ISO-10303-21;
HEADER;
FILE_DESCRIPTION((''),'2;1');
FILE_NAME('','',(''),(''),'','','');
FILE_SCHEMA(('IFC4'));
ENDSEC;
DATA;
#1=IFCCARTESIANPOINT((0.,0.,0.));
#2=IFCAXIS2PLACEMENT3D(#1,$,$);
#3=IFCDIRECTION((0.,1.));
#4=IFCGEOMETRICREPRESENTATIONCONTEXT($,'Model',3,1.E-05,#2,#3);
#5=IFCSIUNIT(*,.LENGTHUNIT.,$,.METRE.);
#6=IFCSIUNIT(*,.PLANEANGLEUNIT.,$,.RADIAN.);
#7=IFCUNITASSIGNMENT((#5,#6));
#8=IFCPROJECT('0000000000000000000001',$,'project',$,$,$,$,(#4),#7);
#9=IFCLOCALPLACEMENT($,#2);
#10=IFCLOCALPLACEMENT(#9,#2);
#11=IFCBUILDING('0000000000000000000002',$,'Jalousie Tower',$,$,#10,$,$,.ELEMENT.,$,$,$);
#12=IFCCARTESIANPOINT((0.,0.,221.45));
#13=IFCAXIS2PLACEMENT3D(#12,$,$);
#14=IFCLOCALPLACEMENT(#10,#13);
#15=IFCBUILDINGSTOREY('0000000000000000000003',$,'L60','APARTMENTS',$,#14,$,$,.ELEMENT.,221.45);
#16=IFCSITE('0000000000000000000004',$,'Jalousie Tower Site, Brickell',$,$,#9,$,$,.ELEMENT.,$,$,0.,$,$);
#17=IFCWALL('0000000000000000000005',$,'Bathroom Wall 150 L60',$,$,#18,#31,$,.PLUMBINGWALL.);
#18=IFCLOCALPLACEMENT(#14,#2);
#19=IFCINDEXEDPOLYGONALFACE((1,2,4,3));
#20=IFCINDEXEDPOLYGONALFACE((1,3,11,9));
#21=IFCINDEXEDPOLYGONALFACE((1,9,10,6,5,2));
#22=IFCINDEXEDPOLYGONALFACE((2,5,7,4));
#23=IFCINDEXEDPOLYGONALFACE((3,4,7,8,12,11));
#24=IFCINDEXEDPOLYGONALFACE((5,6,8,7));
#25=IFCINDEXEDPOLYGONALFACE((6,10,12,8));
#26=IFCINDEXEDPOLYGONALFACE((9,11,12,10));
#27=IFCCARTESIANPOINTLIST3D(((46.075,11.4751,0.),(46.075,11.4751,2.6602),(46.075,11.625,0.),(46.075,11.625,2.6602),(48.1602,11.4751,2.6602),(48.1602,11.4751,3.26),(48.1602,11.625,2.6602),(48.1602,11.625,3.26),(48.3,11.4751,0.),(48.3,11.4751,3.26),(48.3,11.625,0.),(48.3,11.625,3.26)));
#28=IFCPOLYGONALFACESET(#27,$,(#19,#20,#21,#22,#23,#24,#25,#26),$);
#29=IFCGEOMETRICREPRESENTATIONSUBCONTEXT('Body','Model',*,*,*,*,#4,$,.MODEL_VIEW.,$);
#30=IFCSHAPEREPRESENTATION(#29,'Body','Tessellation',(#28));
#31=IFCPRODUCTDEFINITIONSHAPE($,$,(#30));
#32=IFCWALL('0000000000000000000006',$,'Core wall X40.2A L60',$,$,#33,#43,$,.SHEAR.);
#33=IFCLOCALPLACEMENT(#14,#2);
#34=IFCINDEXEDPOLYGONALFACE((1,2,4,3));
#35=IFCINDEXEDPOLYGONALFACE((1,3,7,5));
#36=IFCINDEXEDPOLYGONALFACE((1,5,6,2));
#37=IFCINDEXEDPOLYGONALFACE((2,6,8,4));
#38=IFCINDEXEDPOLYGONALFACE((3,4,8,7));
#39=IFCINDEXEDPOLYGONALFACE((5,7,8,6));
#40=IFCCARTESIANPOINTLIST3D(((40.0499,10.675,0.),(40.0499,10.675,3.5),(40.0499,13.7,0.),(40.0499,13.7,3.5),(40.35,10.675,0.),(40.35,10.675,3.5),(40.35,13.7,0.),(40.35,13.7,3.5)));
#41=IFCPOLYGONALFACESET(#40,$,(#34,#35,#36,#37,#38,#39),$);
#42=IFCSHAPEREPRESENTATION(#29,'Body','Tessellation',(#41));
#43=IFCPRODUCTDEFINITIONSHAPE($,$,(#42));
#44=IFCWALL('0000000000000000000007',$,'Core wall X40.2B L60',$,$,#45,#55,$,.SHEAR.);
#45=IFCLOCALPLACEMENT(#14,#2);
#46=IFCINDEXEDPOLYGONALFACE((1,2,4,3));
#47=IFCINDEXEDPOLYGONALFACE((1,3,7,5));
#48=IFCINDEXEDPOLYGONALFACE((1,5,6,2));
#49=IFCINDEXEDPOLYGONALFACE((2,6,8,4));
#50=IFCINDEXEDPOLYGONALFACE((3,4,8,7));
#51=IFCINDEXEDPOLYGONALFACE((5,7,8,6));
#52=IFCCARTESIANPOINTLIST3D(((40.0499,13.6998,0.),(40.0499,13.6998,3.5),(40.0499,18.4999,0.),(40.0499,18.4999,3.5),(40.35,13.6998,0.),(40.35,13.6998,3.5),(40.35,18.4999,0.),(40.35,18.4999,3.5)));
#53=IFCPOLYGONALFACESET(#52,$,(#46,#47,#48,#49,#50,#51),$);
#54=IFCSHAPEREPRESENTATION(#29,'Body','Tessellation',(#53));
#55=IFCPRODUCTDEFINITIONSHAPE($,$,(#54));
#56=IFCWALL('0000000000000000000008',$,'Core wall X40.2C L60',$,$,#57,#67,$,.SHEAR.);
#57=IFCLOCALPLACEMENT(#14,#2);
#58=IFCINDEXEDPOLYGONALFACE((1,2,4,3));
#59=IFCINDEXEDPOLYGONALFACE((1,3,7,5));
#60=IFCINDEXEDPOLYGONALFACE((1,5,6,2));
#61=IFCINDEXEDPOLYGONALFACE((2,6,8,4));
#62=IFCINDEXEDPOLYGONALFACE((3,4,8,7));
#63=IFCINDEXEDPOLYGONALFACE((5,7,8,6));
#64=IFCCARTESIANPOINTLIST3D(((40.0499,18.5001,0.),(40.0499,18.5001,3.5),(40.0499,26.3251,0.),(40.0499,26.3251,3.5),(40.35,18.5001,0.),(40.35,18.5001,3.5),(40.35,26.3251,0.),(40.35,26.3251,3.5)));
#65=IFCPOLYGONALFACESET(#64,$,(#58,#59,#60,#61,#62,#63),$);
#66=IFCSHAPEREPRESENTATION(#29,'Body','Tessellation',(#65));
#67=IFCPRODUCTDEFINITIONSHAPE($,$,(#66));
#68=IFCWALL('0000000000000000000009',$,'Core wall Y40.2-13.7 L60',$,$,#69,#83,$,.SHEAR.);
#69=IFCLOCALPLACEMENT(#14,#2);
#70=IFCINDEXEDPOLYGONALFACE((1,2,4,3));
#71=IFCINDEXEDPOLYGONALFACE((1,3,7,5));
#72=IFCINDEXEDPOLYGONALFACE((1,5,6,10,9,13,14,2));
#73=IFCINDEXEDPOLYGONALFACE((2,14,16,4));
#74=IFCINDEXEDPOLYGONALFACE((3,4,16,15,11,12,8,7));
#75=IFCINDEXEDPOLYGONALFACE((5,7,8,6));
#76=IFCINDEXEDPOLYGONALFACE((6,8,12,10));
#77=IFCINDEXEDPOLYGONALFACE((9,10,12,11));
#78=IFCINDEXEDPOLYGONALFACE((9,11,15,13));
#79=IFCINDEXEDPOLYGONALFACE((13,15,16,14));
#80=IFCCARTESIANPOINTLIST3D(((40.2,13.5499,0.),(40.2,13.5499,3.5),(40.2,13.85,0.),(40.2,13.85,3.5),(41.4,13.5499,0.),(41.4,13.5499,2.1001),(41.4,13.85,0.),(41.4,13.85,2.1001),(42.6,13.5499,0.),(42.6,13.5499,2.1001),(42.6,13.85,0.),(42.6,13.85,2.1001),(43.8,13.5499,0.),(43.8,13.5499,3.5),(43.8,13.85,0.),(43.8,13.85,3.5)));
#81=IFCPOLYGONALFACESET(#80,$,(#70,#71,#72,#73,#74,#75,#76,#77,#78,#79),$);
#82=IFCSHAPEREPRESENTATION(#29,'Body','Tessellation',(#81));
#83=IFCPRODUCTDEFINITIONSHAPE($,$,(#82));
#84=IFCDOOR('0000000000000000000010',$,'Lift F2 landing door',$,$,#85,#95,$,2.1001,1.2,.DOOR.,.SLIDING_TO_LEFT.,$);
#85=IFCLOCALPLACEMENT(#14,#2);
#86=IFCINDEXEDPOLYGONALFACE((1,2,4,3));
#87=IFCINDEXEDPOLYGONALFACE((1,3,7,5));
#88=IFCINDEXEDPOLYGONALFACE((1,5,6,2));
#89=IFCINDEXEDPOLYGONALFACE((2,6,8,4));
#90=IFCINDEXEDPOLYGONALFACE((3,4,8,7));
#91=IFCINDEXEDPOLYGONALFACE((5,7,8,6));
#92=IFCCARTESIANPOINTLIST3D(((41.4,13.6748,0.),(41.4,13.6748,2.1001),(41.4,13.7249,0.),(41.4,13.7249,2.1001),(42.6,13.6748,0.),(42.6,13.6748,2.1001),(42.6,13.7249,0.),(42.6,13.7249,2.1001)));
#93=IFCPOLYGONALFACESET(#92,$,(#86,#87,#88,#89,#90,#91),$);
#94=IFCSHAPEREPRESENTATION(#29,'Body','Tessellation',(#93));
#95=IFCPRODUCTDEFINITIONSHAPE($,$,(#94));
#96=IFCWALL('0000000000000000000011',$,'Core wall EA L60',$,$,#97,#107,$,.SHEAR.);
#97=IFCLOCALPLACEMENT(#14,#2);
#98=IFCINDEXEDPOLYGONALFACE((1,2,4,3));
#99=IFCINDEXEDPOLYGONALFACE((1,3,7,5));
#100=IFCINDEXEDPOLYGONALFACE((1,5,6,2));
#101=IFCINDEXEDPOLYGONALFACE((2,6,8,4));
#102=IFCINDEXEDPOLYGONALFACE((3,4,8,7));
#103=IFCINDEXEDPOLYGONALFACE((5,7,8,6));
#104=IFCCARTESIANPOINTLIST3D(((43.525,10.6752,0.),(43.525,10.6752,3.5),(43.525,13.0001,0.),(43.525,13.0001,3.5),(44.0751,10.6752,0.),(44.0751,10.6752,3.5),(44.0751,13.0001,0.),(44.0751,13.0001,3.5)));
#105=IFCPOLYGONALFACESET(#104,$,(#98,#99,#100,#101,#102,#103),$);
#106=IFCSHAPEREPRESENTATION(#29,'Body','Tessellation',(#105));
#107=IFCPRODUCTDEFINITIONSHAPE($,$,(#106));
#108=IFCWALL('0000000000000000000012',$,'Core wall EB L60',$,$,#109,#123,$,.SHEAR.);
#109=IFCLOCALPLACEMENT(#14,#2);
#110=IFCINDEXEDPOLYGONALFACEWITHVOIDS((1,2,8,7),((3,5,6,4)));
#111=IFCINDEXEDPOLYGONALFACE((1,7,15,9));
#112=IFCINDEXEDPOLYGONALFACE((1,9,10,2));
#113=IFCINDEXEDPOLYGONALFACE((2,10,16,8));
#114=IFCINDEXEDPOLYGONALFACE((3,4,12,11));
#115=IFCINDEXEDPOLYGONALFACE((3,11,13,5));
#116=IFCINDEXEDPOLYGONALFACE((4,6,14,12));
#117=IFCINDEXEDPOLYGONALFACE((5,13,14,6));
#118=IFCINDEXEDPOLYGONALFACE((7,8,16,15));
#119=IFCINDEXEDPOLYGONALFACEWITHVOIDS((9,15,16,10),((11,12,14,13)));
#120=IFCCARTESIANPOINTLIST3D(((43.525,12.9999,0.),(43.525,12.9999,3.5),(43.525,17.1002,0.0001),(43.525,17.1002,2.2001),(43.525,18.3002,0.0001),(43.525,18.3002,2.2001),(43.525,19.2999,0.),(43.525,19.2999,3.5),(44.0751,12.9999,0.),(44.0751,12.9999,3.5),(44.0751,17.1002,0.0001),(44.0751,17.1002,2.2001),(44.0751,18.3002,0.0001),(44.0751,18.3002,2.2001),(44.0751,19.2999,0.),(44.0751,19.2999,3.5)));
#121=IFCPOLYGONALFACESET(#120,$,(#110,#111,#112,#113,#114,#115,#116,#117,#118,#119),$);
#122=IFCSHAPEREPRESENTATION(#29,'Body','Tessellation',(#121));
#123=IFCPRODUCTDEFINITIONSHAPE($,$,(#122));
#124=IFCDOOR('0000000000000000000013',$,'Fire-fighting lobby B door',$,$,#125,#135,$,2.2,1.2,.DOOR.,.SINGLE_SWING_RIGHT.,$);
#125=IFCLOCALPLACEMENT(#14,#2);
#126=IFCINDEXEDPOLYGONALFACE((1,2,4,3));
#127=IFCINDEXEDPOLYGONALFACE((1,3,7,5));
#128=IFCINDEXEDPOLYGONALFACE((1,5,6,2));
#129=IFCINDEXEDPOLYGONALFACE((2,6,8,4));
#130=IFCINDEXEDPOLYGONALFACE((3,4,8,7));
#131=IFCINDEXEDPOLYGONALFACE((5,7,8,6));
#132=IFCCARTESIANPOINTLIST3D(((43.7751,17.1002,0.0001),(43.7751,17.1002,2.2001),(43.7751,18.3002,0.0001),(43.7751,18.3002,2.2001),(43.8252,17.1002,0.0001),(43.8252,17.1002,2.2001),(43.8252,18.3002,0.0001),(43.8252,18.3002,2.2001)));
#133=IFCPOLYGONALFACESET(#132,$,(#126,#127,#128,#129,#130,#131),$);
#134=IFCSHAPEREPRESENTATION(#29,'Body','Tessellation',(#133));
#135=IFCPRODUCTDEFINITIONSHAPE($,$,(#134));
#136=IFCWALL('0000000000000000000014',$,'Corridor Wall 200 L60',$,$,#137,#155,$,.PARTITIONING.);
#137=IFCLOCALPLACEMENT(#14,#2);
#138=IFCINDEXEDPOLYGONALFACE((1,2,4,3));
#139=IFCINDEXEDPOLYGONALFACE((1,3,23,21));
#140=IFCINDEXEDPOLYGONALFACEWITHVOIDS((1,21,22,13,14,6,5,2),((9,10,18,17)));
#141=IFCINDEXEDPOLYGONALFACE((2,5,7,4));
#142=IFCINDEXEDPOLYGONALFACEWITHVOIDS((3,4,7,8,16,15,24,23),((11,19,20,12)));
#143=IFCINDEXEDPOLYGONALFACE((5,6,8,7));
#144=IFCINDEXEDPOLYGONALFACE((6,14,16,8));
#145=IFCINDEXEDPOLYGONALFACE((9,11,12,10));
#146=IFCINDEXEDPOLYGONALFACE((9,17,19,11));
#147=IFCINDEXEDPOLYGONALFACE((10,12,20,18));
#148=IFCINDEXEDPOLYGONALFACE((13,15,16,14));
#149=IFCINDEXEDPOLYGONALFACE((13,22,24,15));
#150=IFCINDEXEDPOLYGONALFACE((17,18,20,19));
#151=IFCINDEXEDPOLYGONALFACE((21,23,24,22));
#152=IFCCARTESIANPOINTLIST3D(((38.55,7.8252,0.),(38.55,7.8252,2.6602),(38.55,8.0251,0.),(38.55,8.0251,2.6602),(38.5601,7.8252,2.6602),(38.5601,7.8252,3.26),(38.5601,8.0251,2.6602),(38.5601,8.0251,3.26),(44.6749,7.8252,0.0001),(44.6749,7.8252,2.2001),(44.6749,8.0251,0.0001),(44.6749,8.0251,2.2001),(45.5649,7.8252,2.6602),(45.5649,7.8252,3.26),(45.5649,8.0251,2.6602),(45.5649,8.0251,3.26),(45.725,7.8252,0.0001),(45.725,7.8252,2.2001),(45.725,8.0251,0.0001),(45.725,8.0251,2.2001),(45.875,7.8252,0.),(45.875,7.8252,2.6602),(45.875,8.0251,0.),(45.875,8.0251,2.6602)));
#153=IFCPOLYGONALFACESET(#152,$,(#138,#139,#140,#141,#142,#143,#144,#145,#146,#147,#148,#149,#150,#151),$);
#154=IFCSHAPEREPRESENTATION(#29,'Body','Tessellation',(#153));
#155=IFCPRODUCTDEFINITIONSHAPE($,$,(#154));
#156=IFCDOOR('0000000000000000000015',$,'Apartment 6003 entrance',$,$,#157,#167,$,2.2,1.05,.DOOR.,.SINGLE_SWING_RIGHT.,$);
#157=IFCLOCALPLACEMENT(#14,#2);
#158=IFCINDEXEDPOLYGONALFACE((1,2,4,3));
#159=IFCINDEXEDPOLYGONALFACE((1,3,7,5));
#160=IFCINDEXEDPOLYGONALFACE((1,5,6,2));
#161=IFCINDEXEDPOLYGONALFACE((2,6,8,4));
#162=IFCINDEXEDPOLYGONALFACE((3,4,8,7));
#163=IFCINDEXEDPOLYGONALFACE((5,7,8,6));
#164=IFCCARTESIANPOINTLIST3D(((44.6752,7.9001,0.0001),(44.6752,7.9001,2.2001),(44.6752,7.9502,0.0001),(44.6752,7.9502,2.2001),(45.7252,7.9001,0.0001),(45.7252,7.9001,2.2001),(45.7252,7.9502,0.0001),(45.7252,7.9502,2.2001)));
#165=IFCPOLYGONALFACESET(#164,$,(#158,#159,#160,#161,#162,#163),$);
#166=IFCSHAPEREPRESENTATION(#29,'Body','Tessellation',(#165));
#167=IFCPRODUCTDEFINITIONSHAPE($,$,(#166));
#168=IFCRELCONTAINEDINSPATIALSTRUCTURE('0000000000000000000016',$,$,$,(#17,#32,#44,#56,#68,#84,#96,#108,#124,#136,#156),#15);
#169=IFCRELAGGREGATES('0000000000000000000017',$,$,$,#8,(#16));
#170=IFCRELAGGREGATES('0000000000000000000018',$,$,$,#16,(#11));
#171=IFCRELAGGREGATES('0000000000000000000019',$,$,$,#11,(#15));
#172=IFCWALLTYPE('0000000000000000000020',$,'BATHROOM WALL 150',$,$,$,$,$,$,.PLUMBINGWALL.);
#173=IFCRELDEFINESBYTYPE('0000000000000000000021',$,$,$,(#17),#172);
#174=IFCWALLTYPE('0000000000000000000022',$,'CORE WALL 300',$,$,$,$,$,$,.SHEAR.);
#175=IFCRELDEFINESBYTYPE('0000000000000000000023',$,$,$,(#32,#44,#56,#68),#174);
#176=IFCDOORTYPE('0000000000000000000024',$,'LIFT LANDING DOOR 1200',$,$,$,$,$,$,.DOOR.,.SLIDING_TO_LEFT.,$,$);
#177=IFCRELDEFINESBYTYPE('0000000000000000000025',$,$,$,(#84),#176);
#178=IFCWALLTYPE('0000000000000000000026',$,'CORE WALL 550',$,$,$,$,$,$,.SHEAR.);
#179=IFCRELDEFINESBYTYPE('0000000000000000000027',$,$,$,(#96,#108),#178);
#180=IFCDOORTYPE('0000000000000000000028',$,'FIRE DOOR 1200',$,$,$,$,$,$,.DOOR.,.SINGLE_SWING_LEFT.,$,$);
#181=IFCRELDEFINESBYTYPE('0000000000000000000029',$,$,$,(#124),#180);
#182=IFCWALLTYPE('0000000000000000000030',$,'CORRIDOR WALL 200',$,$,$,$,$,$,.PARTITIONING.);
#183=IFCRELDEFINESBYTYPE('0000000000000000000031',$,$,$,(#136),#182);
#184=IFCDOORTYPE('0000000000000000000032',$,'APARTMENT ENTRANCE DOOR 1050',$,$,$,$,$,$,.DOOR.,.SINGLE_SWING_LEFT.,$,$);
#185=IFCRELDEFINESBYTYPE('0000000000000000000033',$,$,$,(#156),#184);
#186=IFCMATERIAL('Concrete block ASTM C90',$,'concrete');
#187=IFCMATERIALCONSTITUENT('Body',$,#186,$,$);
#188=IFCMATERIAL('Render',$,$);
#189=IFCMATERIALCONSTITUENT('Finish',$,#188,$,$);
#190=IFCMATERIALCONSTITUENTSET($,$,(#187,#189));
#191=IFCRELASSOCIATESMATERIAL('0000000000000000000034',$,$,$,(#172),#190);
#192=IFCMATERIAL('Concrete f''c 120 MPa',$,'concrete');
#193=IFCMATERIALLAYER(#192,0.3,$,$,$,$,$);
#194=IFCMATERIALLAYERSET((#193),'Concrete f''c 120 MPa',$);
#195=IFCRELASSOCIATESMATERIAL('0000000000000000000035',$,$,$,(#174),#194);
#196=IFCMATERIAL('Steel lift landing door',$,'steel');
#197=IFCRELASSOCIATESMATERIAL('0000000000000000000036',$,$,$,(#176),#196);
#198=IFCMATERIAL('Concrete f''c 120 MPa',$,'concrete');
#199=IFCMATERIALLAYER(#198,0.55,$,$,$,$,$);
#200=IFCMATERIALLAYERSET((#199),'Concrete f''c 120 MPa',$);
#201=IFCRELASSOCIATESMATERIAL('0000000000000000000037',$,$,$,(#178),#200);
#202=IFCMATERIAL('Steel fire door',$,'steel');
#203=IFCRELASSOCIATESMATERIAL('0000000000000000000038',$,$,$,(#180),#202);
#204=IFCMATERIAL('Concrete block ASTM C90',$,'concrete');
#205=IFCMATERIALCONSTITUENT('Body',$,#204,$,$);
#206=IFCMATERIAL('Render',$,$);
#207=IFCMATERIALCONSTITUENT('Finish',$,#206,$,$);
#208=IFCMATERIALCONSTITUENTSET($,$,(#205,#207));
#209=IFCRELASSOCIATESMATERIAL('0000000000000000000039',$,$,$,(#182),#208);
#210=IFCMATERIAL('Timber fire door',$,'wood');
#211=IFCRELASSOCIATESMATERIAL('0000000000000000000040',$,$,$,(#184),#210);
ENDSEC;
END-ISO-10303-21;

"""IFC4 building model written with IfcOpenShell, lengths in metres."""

from ifc_helpers import new_model, si_unit, direction, frame, frame_2d, origin, place, context, subcontext, project, spatial, polyline, rectangle, outline, extrude, material, layer, layer_set, constituent, constituent_set, type_object, element, fill, save


model = new_model("IFC4")

# Units and contexts
model_context = context("Model", 3, precision=1e-05, world=origin(), true_north=direction((0.0, 1.0)))
body_context = subcontext(model_context, "Body", "Model", "MODEL_VIEW")
ifc_project = project(units=[si_unit("LENGTHUNIT", "METRE"), si_unit("PLANEANGLEUNIT", "RADIAN")], contexts=[model_context])

# Site, building, storey
site_placement = place(None, origin())
site = spatial("IfcSite", under=ifc_project, at=site_placement, Name="Jalousie Tower Site, Brickell", CompositionType="ELEMENT", RefElevation=0.0)
building_placement = place(site_placement, origin())
building = spatial("IfcBuilding", under=site, at=building_placement, Name="Jalousie Tower", CompositionType="ELEMENT")
storey_placement = place(building_placement, frame((0.0, 0.0, 221.45)))
storey = spatial("IfcBuildingStorey", under=building, at=storey_placement, Name="L60", Description="APARTMENTS", CompositionType="ELEMENT", Elevation=221.45)

# Shared definitions
ifc_material_1 = material(Name="Concrete block ASTM C90", Category="concrete")
ifc_constituent_1 = constituent(ifc_material_1, Name="Body")
ifc_material_2 = material(Name="Render")
ifc_constituent_2 = constituent(ifc_material_2, Name="Finish")
ifc_constituent_set_1 = constituent_set(constituents=[ifc_constituent_1, ifc_constituent_2])
wall_type_1 = type_object("IfcWallType", Name="BATHROOM WALL 150", PredefinedType="PLUMBINGWALL", material=ifc_constituent_set_1)

# Walls
wall_1_placement = place(storey_placement, frame((48.3, 11.55, 0.0), z_axis=(0.0, 0.0, 1.0), x_axis=(-1.0, 0.0, 0.0)))
element("IfcWall", 1, at=wall_1_placement, inside=storey, type_object=wall_type_1, Name="Bathroom Wall 150 L60", PredefinedType="PLUMBINGWALL", context=body_context, shape_type="SweptSolid", body=[
    extrude(outline(polyline([(0.0, 0.0), (2.2251, 0.0), (2.2251, 3.26), (2.2251, 2.6602), (0.1399, 2.6602), (0.1399, 3.26), (0.0, 3.26), (0.0, 0.0)])), frame((0.0, 0.075, 0.0), z_axis=(0.0, -1.0, 0.0), x_axis=(1.0, 0.0, 0.0)), (0.0, 0.0, 1.0), 0.1499),
])
ifc_material_3 = material(Name="Concrete f'c 120 MPa", Category="concrete")
ifc_layer_1 = layer(ifc_material_3, 0.3)
ifc_layer_set_1 = layer_set([ifc_layer_1], Name="Concrete f'c 120 MPa")
wall_type_2 = type_object("IfcWallType", Name="CORE WALL 300", PredefinedType="SHEAR", material=ifc_layer_set_1)
wall_2_placement = place(storey_placement, frame((40.2, 10.675, 0.0), z_axis=(0.0, 0.0, 1.0), x_axis=(0.0, 1.0, 0.0)))
element("IfcWall", 2, at=wall_2_placement, inside=storey, type_object=wall_type_2, Name="Core wall X40.2A L60", PredefinedType="SHEAR", context=body_context, shape_type="SweptSolid", body=[
    extrude(rectangle(XDim=3.0249, YDim=0.3, at=frame_2d((1.5125, 0.0))), origin(), (0.0, 0.0, 1.0), 3.5),
])
wall_3_placement = place(storey_placement, frame((40.2, 13.7, 0.0), z_axis=(0.0, 0.0, 1.0), x_axis=(0.0, 1.0, 0.0)))
element("IfcWall", 3, at=wall_3_placement, inside=storey, type_object=wall_type_2, Name="Core wall X40.2B L60", PredefinedType="SHEAR", context=body_context, shape_type="SweptSolid", body=[
    extrude(rectangle(XDim=4.8, YDim=0.3, at=frame_2d((2.3999, 0.0))), origin(), (0.0, 0.0, 1.0), 3.5),
])
wall_4_placement = place(storey_placement, frame((40.2, 18.5, 0.0), z_axis=(0.0, 0.0, 1.0), x_axis=(0.0, 1.0, 0.0)))
element("IfcWall", 4, at=wall_4_placement, inside=storey, type_object=wall_type_2, Name="Core wall X40.2C L60", PredefinedType="SHEAR", context=body_context, shape_type="SweptSolid", body=[
    extrude(rectangle(XDim=7.825, YDim=0.3, at=frame_2d((3.9126, 0.0))), origin(), (0.0, 0.0, 1.0), 3.5),
])

# Wall, opening, door
wall_5_placement = place(storey_placement, frame((40.2, 13.7, 0.0), z_axis=(0.0, 0.0, 1.0), x_axis=(1.0, 0.0, 0.0)))
wall_5 = element("IfcWall", 5, at=wall_5_placement, inside=storey, type_object=wall_type_2, Name="Core wall Y40.2-13.7 L60", PredefinedType="SHEAR", context=body_context, shape_type="SweptSolid", body=[
    extrude(rectangle(XDim=3.6001, YDim=0.3, at=frame_2d((1.8, 0.0))), origin(), (0.0, 0.0, 1.0), 3.5),
])
opening_1_placement = place(wall_5_placement, frame((1.2, 0.0, 0.0)))
opening_1 = element("IfcOpeningElement", 6, at=opening_1_placement, cuts=wall_5, PredefinedType="OPENING", context=body_context, shape_type="SweptSolid", body=[
    extrude(rectangle(XDim=1.2, YDim=2.1001, at=frame_2d((0.6001, 1.05))), frame((0.0, 0.1599, 0.0), z_axis=(0.0, -1.0, 0.0), x_axis=(1.0, 0.0, 0.0)), (0.0, 0.0, 1.0), 0.3201),
])
ifc_material_4 = material(Name="Steel lift landing door", Category="steel")
door_type_1 = type_object("IfcDoorType", Name="LIFT LANDING DOOR 1200", OperationType="SLIDING_TO_LEFT", PredefinedType="DOOR", material=ifc_material_4)
door_1_placement = place(opening_1_placement, origin())
door_1 = element("IfcDoor", 7, at=door_1_placement, inside=storey, type_object=door_type_1, Name="Lift F2 landing door", OperationType="SLIDING_TO_LEFT", OverallHeight=2.1001, OverallWidth=1.2, PredefinedType="DOOR", context=body_context, shape_type="SweptSolid", body=[
    extrude(rectangle(XDim=1.2, YDim=2.1001, at=frame_2d((0.6001, 1.05))), frame((0.0, 0.0249, 0.0), z_axis=(0.0, -1.0, 0.0), x_axis=(1.0, 0.0, 0.0)), (0.0, 0.0, 1.0), 0.05),
])
fill(opening_1, door_1)

# Wall
ifc_material_5 = material(Name="Concrete f'c 120 MPa", Category="concrete")
ifc_layer_2 = layer(ifc_material_5, 0.55)
ifc_layer_set_2 = layer_set([ifc_layer_2], Name="Concrete f'c 120 MPa")
wall_type_3 = type_object("IfcWallType", Name="CORE WALL 550", PredefinedType="SHEAR", material=ifc_layer_set_2)
wall_6_placement = place(storey_placement, frame((43.8, 10.675, 0.0), z_axis=(0.0, 0.0, 1.0), x_axis=(0.0, 1.0, 0.0)))
element("IfcWall", 8, at=wall_6_placement, inside=storey, type_object=wall_type_3, Name="Core wall EA L60", PredefinedType="SHEAR", context=body_context, shape_type="SweptSolid", body=[
    extrude(rectangle(XDim=2.325, YDim=0.55, at=frame_2d((1.1626, 0.0))), origin(), (0.0, 0.0, 1.0), 3.5),
])

# Walls, openings, doors
wall_7_placement = place(storey_placement, frame((43.8, 13.0, 0.0), z_axis=(0.0, 0.0, 1.0), x_axis=(0.0, 1.0, 0.0)))
wall_7 = element("IfcWall", 9, at=wall_7_placement, inside=storey, type_object=wall_type_3, Name="Core wall EB L60", PredefinedType="SHEAR", context=body_context, shape_type="SweptSolid", body=[
    extrude(rectangle(XDim=6.3, YDim=0.55, at=frame_2d((3.1499, 0.0))), origin(), (0.0, 0.0, 1.0), 3.5),
])
opening_2_placement = place(wall_7_placement, frame((4.1001, 0.0, 0.0)))
opening_2 = element("IfcOpeningElement", 10, at=opening_2_placement, cuts=wall_7, PredefinedType="OPENING", context=body_context, shape_type="SweptSolid", body=[
    extrude(rectangle(XDim=1.2, YDim=2.2, at=frame_2d((0.6001, 1.1001))), frame((0.0, 0.2849, 0.0), z_axis=(0.0, -1.0, 0.0), x_axis=(1.0, 0.0, 0.0)), (0.0, 0.0, 1.0), 0.5701),
])
ifc_material_6 = material(Name="Steel fire door", Category="steel")
door_type_2 = type_object("IfcDoorType", Name="FIRE DOOR 1200", OperationType="SINGLE_SWING_LEFT", PredefinedType="DOOR", material=ifc_material_6)
door_2_placement = place(opening_2_placement, origin())
door_2 = element("IfcDoor", 11, at=door_2_placement, inside=storey, type_object=door_type_2, Name="Fire-fighting lobby B door", OperationType="SINGLE_SWING_RIGHT", OverallHeight=2.2, OverallWidth=1.2, PredefinedType="DOOR", context=body_context, shape_type="SweptSolid", body=[
    extrude(rectangle(XDim=1.2, YDim=2.2, at=frame_2d((0.6001, 1.1001))), frame((0.0, 0.0249, 0.0), z_axis=(0.0, -1.0, 0.0), x_axis=(1.0, 0.0, 0.0)), (0.0, 0.0, 1.0), 0.05),
])
fill(opening_2, door_2)
ifc_material_7 = material(Name="Concrete block ASTM C90", Category="concrete")
ifc_constituent_3 = constituent(ifc_material_7, Name="Body")
ifc_material_8 = material(Name="Render")
ifc_constituent_4 = constituent(ifc_material_8, Name="Finish")
ifc_constituent_set_2 = constituent_set(constituents=[ifc_constituent_3, ifc_constituent_4])
wall_type_4 = type_object("IfcWallType", Name="CORRIDOR WALL 200", PredefinedType="PARTITIONING", material=ifc_constituent_set_2)
wall_8_placement = place(storey_placement, frame((38.55, 7.925, 0.0), z_axis=(0.0, 0.0, 1.0), x_axis=(1.0, 0.0, 0.0)))
wall_8 = element("IfcWall", 12, at=wall_8_placement, inside=storey, type_object=wall_type_4, Name="Corridor Wall 200 L60", PredefinedType="PARTITIONING", context=body_context, shape_type="SweptSolid", body=[
    extrude(outline(polyline([(0.0, 0.0), (7.325, 0.0), (7.325, 3.26), (7.325, 2.6602), (7.0149, 2.6602), (7.0149, 3.26), (0.01, 3.26), (0.01, 2.6602), (0.0, 2.6602), (0.0, 3.26), (0.0, 0.0)])), frame((0.0, 0.1001, 0.0), z_axis=(0.0, -1.0, 0.0), x_axis=(1.0, 0.0, 0.0)), (0.0, 0.0, 1.0), 0.2),
])
opening_3_placement = place(wall_8_placement, frame((6.125, 0.0, 0.0)))
opening_3 = element("IfcOpeningElement", 13, at=opening_3_placement, cuts=wall_8, PredefinedType="OPENING", context=body_context, shape_type="SweptSolid", body=[
    extrude(rectangle(XDim=1.05, YDim=2.2, at=frame_2d((0.5249, 1.1001))), frame((0.0, 0.1099, 0.0), z_axis=(0.0, -1.0, 0.0), x_axis=(1.0, 0.0, 0.0)), (0.0, 0.0, 1.0), 0.22),
])
ifc_material_9 = material(Name="Timber fire door", Category="wood")
door_type_3 = type_object("IfcDoorType", Name="APARTMENT ENTRANCE DOOR 1050", OperationType="SINGLE_SWING_LEFT", PredefinedType="DOOR", material=ifc_material_9)
door_3_placement = place(opening_3_placement, frame((1.05, 0.0, 0.0), z_axis=(0.0, 0.0, 1.0), x_axis=(-1.0, 0.0, 0.0)))
door_3 = element("IfcDoor", 14, at=door_3_placement, inside=storey, type_object=door_type_3, Name="Apartment 6003 entrance", OperationType="SINGLE_SWING_RIGHT", OverallHeight=2.2, OverallWidth=1.05, PredefinedType="DOOR", context=body_context, shape_type="SweptSolid", body=[
    extrude(rectangle(XDim=1.05, YDim=2.2, at=frame_2d((0.5249, 1.1001))), frame((0.0, 0.0249, 0.0), z_axis=(0.0, -1.0, 0.0), x_axis=(1.0, 0.0, 0.0)), (0.0, 0.0, 1.0), 0.05),
])
fill(opening_3, door_3)

save(model, "model.ifc")
